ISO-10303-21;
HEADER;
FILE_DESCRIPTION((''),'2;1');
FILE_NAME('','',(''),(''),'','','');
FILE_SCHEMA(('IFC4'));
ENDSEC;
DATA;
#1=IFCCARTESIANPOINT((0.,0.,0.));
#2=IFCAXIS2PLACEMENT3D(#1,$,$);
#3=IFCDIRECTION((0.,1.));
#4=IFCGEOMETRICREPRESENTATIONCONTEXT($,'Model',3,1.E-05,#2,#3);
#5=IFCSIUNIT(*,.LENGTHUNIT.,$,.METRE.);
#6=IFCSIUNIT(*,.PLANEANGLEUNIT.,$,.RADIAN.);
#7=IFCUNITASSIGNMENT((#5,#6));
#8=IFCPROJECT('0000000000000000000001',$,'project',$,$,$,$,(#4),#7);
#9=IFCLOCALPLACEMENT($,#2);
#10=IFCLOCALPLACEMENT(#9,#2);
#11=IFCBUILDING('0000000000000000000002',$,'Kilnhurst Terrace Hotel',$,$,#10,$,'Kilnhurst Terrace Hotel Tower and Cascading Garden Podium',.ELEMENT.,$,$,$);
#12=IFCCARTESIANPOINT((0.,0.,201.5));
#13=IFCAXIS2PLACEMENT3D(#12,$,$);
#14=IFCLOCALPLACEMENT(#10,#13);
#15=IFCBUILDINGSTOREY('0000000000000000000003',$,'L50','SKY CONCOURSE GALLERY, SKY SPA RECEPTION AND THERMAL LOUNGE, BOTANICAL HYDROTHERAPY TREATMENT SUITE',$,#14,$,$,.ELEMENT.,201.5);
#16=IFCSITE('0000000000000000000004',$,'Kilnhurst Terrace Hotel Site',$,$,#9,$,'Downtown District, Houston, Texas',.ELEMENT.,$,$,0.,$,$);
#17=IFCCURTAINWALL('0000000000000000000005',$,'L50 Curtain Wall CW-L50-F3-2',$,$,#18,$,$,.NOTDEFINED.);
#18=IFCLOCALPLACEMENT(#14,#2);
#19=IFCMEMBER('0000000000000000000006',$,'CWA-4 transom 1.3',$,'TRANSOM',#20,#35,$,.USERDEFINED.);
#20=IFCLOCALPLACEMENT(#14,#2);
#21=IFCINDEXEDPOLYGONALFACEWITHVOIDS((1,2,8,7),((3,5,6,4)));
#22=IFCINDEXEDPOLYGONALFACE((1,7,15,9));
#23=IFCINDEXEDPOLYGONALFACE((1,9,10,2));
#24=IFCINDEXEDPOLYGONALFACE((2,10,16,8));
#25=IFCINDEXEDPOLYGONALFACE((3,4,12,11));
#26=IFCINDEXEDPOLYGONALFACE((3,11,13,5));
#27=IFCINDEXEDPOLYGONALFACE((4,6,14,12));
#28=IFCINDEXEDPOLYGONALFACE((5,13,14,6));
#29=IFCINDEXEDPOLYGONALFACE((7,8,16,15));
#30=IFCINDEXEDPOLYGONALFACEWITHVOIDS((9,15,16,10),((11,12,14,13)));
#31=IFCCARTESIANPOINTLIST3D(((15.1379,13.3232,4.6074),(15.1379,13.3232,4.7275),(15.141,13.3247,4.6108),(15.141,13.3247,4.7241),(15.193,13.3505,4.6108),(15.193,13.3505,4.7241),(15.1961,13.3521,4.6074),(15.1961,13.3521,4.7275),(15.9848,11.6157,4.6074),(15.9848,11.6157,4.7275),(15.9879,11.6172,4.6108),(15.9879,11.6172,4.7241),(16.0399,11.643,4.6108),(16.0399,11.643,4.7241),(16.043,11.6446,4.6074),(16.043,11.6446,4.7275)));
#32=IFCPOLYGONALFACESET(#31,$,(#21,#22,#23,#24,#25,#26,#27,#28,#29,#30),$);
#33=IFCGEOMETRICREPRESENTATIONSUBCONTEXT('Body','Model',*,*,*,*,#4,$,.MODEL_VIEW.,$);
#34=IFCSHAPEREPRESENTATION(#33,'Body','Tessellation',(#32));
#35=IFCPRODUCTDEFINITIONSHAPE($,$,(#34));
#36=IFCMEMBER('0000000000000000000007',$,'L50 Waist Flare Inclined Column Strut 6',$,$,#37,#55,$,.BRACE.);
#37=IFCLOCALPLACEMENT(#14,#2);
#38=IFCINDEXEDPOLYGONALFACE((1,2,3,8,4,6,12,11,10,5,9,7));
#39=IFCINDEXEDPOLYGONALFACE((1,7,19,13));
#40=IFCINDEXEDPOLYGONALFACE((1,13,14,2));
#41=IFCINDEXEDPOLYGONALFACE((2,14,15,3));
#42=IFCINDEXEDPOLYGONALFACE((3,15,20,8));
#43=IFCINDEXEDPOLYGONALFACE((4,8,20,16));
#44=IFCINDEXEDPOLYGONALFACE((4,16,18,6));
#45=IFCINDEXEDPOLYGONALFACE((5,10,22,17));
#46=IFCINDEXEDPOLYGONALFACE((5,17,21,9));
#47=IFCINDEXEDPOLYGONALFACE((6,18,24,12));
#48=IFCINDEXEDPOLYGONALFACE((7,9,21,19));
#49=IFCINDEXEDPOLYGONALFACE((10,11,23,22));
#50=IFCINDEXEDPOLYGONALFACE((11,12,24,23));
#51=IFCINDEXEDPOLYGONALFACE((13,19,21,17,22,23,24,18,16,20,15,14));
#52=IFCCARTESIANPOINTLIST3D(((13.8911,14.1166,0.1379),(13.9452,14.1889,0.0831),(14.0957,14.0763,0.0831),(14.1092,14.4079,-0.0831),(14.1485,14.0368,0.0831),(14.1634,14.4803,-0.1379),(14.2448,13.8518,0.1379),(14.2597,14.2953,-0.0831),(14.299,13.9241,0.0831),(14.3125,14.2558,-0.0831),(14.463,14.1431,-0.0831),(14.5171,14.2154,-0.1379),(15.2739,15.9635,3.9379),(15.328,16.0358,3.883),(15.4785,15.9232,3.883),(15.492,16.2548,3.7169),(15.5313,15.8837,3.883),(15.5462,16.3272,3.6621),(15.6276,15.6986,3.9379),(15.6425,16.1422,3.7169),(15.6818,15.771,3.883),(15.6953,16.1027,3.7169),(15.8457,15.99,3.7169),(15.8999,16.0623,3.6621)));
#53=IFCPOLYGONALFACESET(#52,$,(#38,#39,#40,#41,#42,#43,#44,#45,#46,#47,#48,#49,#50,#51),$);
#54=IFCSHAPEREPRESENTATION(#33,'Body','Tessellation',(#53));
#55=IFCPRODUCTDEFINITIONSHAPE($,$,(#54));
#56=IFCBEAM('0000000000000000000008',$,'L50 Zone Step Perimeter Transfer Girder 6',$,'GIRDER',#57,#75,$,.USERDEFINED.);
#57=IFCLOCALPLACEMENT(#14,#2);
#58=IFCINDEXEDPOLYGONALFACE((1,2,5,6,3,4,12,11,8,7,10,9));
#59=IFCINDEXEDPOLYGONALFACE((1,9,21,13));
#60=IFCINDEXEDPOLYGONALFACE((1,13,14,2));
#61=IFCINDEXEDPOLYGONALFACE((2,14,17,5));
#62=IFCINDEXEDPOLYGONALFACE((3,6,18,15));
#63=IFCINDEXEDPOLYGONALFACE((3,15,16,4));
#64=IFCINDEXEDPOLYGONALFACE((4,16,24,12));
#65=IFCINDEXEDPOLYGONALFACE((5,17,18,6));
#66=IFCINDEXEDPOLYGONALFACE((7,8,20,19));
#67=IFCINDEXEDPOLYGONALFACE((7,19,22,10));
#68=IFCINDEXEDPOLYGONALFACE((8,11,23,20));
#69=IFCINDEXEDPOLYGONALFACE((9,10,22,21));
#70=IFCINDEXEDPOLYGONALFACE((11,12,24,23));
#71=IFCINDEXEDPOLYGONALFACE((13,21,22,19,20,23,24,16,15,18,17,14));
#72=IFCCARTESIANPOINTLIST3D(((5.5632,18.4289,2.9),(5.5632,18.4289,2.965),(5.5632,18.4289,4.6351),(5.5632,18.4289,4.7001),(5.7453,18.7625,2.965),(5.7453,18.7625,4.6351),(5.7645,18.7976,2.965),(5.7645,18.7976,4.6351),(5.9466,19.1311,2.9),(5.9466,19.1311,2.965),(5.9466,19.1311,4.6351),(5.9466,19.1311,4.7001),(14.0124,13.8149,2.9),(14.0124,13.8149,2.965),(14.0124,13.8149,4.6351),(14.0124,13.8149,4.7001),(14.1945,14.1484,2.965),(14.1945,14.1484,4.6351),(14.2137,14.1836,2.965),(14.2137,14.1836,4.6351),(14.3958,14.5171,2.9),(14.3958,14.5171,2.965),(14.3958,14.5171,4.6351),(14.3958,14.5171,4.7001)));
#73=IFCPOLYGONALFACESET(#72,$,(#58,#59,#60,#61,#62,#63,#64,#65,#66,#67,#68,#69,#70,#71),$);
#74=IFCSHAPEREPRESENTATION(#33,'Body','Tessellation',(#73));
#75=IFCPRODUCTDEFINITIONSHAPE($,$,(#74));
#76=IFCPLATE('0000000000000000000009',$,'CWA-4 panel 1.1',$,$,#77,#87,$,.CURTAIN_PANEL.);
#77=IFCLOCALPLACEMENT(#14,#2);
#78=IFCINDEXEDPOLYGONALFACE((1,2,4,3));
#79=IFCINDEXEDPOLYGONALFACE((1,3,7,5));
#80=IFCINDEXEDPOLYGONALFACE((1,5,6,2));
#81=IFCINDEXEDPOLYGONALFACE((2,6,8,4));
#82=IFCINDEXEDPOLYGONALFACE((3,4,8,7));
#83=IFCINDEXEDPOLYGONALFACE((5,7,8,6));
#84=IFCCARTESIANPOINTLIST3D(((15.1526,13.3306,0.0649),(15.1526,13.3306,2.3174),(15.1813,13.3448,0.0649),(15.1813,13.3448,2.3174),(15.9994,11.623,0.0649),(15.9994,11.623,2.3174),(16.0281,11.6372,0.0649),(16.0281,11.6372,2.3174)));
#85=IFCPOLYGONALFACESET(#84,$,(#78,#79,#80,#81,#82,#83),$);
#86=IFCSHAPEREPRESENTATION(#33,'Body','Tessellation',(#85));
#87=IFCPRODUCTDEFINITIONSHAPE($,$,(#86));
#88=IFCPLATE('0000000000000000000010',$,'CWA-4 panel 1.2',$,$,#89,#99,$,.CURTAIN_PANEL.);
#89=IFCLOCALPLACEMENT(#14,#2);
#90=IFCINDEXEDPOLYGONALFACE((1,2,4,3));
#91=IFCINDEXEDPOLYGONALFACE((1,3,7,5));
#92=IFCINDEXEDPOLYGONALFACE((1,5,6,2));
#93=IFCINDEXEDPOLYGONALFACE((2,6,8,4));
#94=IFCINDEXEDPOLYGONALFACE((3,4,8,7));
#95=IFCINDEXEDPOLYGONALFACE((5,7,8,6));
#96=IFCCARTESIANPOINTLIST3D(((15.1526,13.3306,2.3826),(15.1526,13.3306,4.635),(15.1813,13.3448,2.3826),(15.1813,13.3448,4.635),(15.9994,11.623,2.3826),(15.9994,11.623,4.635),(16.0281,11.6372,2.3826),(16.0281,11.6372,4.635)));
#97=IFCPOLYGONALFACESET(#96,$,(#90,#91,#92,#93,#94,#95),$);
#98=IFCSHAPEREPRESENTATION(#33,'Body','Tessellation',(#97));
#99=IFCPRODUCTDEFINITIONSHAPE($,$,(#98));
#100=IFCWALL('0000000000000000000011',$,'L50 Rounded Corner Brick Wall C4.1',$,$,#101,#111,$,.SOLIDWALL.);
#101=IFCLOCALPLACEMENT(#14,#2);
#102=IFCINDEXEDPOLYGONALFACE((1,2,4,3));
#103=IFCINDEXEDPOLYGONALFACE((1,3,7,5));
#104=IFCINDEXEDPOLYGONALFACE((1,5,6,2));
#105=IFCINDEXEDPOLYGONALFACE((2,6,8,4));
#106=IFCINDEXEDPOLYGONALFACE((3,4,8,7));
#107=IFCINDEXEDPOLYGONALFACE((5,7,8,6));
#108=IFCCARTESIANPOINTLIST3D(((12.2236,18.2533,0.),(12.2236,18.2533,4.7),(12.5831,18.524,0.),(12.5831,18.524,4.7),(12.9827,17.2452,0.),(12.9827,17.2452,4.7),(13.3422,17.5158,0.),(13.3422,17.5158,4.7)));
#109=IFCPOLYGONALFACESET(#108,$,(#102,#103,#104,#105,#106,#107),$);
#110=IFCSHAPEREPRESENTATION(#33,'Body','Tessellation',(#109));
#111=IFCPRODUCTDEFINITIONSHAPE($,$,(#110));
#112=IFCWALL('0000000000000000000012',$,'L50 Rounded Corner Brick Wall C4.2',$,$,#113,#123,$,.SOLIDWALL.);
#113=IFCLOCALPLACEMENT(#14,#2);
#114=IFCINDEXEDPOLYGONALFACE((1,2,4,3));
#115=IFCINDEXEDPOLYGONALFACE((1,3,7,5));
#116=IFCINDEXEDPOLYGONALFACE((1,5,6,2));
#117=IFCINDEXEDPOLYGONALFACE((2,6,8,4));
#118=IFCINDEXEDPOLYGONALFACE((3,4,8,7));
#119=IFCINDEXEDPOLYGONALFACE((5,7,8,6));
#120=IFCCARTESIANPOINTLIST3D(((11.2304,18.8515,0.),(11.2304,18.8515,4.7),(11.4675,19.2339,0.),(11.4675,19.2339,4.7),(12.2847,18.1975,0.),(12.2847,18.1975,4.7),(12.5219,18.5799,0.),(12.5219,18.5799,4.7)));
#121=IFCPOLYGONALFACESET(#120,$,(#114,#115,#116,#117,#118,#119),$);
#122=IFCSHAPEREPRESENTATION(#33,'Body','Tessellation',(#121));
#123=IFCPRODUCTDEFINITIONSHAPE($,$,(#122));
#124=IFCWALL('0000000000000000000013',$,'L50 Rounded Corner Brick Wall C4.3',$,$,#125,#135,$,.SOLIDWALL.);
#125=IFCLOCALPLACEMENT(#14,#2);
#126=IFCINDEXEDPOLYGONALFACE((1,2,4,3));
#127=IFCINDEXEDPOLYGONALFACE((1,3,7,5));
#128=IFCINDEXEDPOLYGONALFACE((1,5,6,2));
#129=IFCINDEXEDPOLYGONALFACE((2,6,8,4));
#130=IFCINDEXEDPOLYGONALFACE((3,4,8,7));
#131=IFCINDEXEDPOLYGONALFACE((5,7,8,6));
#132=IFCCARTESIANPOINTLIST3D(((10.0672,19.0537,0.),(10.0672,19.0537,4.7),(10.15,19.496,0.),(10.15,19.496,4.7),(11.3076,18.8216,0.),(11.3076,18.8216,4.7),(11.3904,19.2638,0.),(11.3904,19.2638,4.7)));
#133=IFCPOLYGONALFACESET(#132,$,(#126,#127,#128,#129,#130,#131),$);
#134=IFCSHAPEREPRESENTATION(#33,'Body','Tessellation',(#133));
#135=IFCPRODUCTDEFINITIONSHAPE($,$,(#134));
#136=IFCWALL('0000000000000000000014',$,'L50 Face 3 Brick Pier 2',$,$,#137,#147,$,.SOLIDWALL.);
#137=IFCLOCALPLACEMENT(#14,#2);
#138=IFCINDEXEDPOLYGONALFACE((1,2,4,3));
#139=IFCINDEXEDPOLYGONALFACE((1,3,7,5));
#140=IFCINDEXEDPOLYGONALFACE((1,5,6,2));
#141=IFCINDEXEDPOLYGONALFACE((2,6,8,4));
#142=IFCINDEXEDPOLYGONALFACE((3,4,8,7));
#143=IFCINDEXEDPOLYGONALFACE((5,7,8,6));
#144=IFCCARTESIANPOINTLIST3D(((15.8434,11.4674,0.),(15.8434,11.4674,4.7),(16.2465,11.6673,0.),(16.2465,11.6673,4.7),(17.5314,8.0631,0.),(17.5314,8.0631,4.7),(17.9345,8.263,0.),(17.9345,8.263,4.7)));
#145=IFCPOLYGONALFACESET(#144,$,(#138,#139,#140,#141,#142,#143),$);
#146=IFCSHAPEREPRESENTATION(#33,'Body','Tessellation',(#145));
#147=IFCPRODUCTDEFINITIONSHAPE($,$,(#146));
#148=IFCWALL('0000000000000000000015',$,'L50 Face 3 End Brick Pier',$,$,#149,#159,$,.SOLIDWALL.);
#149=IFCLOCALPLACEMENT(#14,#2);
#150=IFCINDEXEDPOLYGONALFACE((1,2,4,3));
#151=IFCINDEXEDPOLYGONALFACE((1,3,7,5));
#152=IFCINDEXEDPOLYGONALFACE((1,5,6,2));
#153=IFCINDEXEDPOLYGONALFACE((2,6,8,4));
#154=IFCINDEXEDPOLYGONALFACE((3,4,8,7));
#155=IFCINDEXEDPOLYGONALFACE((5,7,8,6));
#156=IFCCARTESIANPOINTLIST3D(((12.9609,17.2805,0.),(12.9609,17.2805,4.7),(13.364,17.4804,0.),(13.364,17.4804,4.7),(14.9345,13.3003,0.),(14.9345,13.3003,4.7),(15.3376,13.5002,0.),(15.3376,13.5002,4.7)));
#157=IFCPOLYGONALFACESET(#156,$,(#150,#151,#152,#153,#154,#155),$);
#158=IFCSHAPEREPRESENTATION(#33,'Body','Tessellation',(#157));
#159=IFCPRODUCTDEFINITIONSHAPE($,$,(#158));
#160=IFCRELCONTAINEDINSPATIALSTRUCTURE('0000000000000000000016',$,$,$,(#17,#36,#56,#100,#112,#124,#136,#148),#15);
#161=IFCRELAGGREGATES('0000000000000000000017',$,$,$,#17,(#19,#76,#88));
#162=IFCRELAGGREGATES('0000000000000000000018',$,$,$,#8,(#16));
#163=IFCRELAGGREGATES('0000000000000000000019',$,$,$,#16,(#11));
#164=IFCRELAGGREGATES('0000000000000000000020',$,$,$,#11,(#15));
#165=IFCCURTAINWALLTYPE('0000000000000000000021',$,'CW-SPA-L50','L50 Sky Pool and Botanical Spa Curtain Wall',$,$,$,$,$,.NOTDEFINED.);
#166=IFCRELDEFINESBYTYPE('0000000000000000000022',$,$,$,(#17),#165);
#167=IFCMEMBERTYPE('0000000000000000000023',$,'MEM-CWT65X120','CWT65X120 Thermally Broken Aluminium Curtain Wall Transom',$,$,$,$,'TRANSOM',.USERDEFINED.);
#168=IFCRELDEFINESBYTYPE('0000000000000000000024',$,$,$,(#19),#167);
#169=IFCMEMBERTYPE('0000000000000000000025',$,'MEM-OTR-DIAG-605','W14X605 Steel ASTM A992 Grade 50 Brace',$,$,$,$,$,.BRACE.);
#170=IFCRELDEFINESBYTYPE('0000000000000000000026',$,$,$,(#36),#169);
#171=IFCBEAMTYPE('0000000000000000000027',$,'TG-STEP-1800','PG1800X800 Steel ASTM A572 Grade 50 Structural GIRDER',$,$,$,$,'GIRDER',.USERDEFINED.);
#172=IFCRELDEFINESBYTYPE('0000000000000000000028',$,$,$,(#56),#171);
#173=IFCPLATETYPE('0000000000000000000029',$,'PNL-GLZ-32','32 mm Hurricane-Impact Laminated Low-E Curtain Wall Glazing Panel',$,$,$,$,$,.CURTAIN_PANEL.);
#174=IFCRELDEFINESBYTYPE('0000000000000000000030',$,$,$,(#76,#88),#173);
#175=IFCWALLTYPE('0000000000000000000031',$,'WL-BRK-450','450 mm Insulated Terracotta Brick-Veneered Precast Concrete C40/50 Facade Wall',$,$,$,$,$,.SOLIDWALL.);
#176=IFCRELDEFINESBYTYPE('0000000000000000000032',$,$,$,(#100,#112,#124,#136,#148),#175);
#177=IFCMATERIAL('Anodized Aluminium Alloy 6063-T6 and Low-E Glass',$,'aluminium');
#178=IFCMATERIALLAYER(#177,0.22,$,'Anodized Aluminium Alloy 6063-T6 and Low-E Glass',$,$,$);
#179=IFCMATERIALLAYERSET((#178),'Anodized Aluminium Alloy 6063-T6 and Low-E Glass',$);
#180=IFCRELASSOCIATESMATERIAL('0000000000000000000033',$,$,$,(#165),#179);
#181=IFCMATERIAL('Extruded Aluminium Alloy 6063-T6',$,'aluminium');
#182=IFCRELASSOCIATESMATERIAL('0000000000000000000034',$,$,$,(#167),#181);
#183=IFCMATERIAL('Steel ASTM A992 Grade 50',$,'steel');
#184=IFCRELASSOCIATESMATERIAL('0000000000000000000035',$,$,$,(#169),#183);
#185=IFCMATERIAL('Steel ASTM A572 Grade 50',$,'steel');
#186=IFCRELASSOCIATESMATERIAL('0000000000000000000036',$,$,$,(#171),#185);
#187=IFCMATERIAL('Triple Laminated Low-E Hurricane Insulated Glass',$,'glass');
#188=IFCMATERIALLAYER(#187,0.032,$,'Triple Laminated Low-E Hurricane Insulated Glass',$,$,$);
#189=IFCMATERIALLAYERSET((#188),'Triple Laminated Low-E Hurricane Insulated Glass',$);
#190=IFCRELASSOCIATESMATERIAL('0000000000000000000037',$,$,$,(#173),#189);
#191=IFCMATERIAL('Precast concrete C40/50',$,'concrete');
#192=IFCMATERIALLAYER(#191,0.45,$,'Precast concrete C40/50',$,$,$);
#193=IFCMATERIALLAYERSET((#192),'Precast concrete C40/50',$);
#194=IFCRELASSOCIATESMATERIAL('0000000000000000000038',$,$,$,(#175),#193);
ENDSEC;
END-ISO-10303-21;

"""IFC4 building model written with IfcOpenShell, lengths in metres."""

from ifc_helpers import new_model, si_unit, direction, frame, frame_2d, origin, origin_2d, place, context, subcontext, project, spatial, rectangle, hollow_rectangle, i_section, extrude, material, layer, layer_set, material_profile, profile_set, type_object, element, aggregate, save


model = new_model("IFC4")

# Units and contexts
model_context = context("Model", 3, precision=1e-05, world=origin(), true_north=direction((0.0, 1.0)))
body_context = subcontext(model_context, "Body", "Model", "MODEL_VIEW")
ifc_project = project(units=[si_unit("LENGTHUNIT", "METRE"), si_unit("PLANEANGLEUNIT", "RADIAN")], contexts=[model_context])

# Site, building, storey
site_placement = place(None, origin())
site = spatial("IfcSite", under=ifc_project, at=site_placement, Name="Kilnhurst Terrace Hotel Site", LongName="Downtown District, Houston, Texas", CompositionType="ELEMENT", RefElevation=0.0)
building_placement = place(site_placement, origin())
building = spatial("IfcBuilding", under=site, at=building_placement, Name="Kilnhurst Terrace Hotel", LongName="Kilnhurst Terrace Hotel Tower and Cascading Garden Podium", CompositionType="ELEMENT")
storey_placement = place(building_placement, frame((0.0, 0.0, 201.5)))
storey = spatial("IfcBuildingStorey", under=building, at=storey_placement, Name="L50", Description="SKY CONCOURSE GALLERY, SKY SPA RECEPTION AND THERMAL LOUNGE, BOTANICAL HYDROTHERAPY TREATMENT SUITE", CompositionType="ELEMENT", Elevation=201.5)

# Shared definitions
ifc_material_1 = material(Name="Steel ASTM A992 Grade 50", Category="steel")

# Shared definitions
ifc_material_2 = material(Name="Anodized Aluminium Alloy 6063-T6 and Low-E Glass", Category="aluminium")
ifc_layer_1 = layer(ifc_material_2, 0.22, Name="Anodized Aluminium Alloy 6063-T6 and Low-E Glass")
ifc_layer_set_1 = layer_set([ifc_layer_1], Name="Anodized Aluminium Alloy 6063-T6 and Low-E Glass")
curtain_wall_type = type_object("IfcCurtainWallType", Name="CW-SPA-L50", Description="L50 Sky Pool and Botanical Spa Curtain Wall", PredefinedType="NOTDEFINED", material=ifc_layer_set_1)
ifc_material_3 = material(Name="Extruded Aluminium Alloy 6063-T6", Category="aluminium")

# Curtain wall, member
curtain_wall_1_placement = place(storey_placement, origin())
curtain_wall_1 = element("IfcCurtainWall", 1, at=curtain_wall_1_placement, inside=storey, type_object=curtain_wall_type, Name="L50 Curtain Wall CW-L50-F3-2", PredefinedType="NOTDEFINED")
ifc_material_profile_1 = material_profile(ifc_material_3, hollow_rectangle(XDim=0.0649, YDim=0.1201, WallThickness=0.0034, at=origin_2d()), Name="CWT65X120")
ifc_profile_set_1 = profile_set([ifc_material_profile_1], Name="Extruded Aluminium Alloy 6063-T6")
member_type_1 = type_object("IfcMemberType", Name="MEM-CWT65X120", Description="CWT65X120 Thermally Broken Aluminium Curtain Wall Transom", ElementType="TRANSOM", PredefinedType="USERDEFINED", material=ifc_profile_set_1)
member_1_placement = place(storey_placement, frame((16.0139, 11.6301, 4.6675), z_axis=(-0.444342, 0.895857, 0.0), x_axis=(-0.895857, -0.444342, 0.0)))
member_1 = element("IfcMember", 2, at=member_1_placement, type_object=member_type_1, Name="CWA-4 transom 1.3", ObjectType="TRANSOM", PredefinedType="USERDEFINED", context=body_context, shape_type="SweptSolid", body=[
    extrude(hollow_rectangle(XDim=0.0649, YDim=0.1201, WallThickness=0.0034, at=origin_2d()), origin(), (0.0, 0.0, 1.0), 1.906),
])

# Member
ifc_material_profile_2 = material_profile(ifc_material_1, i_section(OverallWidth=0.4419, OverallDepth=0.5315, WebThickness=0.0659, FlangeThickness=0.1057, at=origin_2d()), Name="W14X605")
ifc_profile_set_2 = profile_set([ifc_material_profile_2], Name="Steel ASTM A992 Grade 50")
member_type_2 = type_object("IfcMemberType", Name="MEM-OTR-DIAG-605", Description="W14X605 Steel ASTM A992 Grade 50 Brace", PredefinedType="BRACE", material=ifc_profile_set_2)
member_2_placement = place(storey_placement, frame((14.2041, 14.166, 0.0), z_axis=(0.31105, 0.415447, 0.854782), x_axis=(-0.800495, 0.59934, 0.0)))
element("IfcMember", 3, at=member_2_placement, inside=storey, type_object=member_type_2, Name="L50 Waist Flare Inclined Column Strut 6", PredefinedType="BRACE", context=body_context, shape_type="SweptSolid", body=[
    extrude(i_section(OverallWidth=0.4419, OverallDepth=0.5315, WebThickness=0.0659, FlangeThickness=0.1057, at=origin_2d()), origin(), (0.0, 0.0, 1.0), 4.4456),
])

# Beam
ifc_material_4 = material(Name="Steel ASTM A572 Grade 50", Category="steel")
ifc_material_profile_3 = material_profile(ifc_material_4, i_section(OverallWidth=0.8, OverallDepth=1.8, WebThickness=0.04, FlangeThickness=0.0649, at=origin_2d()), Name="PG1800X800")
ifc_profile_set_3 = profile_set([ifc_material_profile_3], Name="Steel ASTM A572 Grade 50")
beam_type_1 = type_object("IfcBeamType", Name="TG-STEP-1800", Description="PG1800X800 Steel ASTM A572 Grade 50 Structural GIRDER", ElementType="GIRDER", PredefinedType="USERDEFINED", material=ifc_profile_set_3)
beam_1_placement = place(storey_placement, frame((14.2041, 14.166, 3.8), z_axis=(-0.877662, 0.47928, 0.0), x_axis=(-0.47928, -0.877662, 0.0)))
element("IfcBeam", 4, at=beam_1_placement, inside=storey, type_object=beam_type_1, Name="L50 Zone Step Perimeter Transfer Girder 6", ObjectType="GIRDER", PredefinedType="USERDEFINED", context=body_context, shape_type="SweptSolid", body=[
    extrude(i_section(OverallWidth=0.8, OverallDepth=1.8, WebThickness=0.04, FlangeThickness=0.0649, at=origin_2d()), origin(), (0.0, 0.0, 1.0), 9.627),
])

# Plates
ifc_material_5 = material(Name="Triple Laminated Low-E Hurricane Insulated Glass", Category="glass")
ifc_layer_2 = layer(ifc_material_5, 0.032, Name="Triple Laminated Low-E Hurricane Insulated Glass")
ifc_layer_set_2 = layer_set([ifc_layer_2], Name="Triple Laminated Low-E Hurricane Insulated Glass")
plate_type = type_object("IfcPlateType", Name="PNL-GLZ-32", Description="32 mm Hurricane-Impact Laminated Low-E Curtain Wall Glazing Panel", PredefinedType="CURTAIN_PANEL", material=ifc_layer_set_2)
plate_1_placement = place(storey_placement, frame((15.5903, 12.4839, 0.0649), z_axis=(0.0, 0.0, 1.0), x_axis=(-0.444279, 0.895889, 0.0)))
plate_1 = element("IfcPlate", 5, at=plate_1_placement, type_object=plate_type, Name="CWA-4 panel 1.1", PredefinedType="CURTAIN_PANEL", context=body_context, shape_type="SweptSolid", body=[
    extrude(rectangle(XDim=1.906, YDim=0.032, at=origin_2d()), origin(), (0.0, 0.0, 1.0), 2.2524),
])
plate_2_placement = place(storey_placement, frame((15.5903, 12.4839, 2.3826), z_axis=(0.0, 0.0, 1.0), x_axis=(-0.444279, 0.895889, 0.0)))
plate_2 = element("IfcPlate", 6, at=plate_2_placement, type_object=plate_type, Name="CWA-4 panel 1.2", PredefinedType="CURTAIN_PANEL", context=body_context, shape_type="SweptSolid", body=[
    extrude(rectangle(XDim=1.906, YDim=0.032, at=origin_2d()), origin(), (0.0, 0.0, 1.0), 2.2524),
])
aggregate(curtain_wall_1, [member_1, plate_1, plate_2])

# Walls
ifc_material_6 = material(Name="Precast concrete C40/50", Category="concrete")
ifc_layer_3 = layer(ifc_material_6, 0.45, Name="Precast concrete C40/50")
ifc_layer_set_3 = layer_set([ifc_layer_3], Name="Precast concrete C40/50")
wall_type_1 = type_object("IfcWallType", Name="WL-BRK-450", Description="450 mm Insulated Terracotta Brick-Veneered Precast Concrete C40/50 Facade Wall", PredefinedType="SOLIDWALL", material=ifc_layer_set_3)
wall_1_placement = place(storey_placement, frame((13.1624, 17.3806, 0.0), z_axis=(0.0, 0.0, 1.0), x_axis=(-0.601516, 0.798861, 0.0)))
element("IfcWall", 7, at=wall_1_placement, inside=storey, type_object=wall_type_1, Name="L50 Rounded Corner Brick Wall C4.1", PredefinedType="SOLIDWALL", context=body_context, shape_type="SweptSolid", body=[
    extrude(rectangle(XDim=1.262, YDim=0.45, at=frame_2d((0.6309, 0.0))), origin(), (0.0, 0.0, 1.0), 4.7),
])
wall_2_placement = place(storey_placement, frame((12.4033, 18.3887, 0.0), z_axis=(0.0, 0.0, 1.0), x_axis=(-0.849795, 0.527113, 0.0)))
element("IfcWall", 8, at=wall_2_placement, inside=storey, type_object=wall_type_1, Name="L50 Rounded Corner Brick Wall C4.2", PredefinedType="SOLIDWALL", context=body_context, shape_type="SweptSolid", body=[
    extrude(rectangle(XDim=1.2407, YDim=0.45, at=frame_2d((0.6204, 0.0))), origin(), (0.0, 0.0, 1.0), 4.7),
])
wall_3_placement = place(storey_placement, frame((11.3489, 19.0427, 0.0), z_axis=(0.0, 0.0, 1.0), x_axis=(-0.982931, 0.183973, 0.0)))
element("IfcWall", 9, at=wall_3_placement, inside=storey, type_object=wall_type_1, Name="L50 Rounded Corner Brick Wall C4.3", PredefinedType="SOLIDWALL", context=body_context, shape_type="SweptSolid", body=[
    extrude(rectangle(XDim=1.262, YDim=0.45, at=frame_2d((0.6309, 0.0))), origin(), (0.0, 0.0, 1.0), 4.7),
])
wall_4_placement = place(storey_placement, frame((17.7329, 8.1631, 0.0), z_axis=(0.0, 0.0, 1.0), x_axis=(-0.44423, 0.895913, 0.0)))
element("IfcWall", 10, at=wall_4_placement, inside=storey, type_object=wall_type_1, Name="L50 Face 3 Brick Pier 2", PredefinedType="SOLIDWALL", context=body_context, shape_type="SweptSolid", body=[
    extrude(rectangle(XDim=3.7998, YDim=0.45, at=frame_2d((1.8999, 0.0))), origin(), (0.0, 0.0, 1.0), 4.7),
])
wall_5_placement = place(storey_placement, frame((15.136, 13.4004, 0.0), z_axis=(0.0, 0.0, 1.0), x_axis=(-0.444244, 0.895906, 0.0)))
element("IfcWall", 11, at=wall_5_placement, inside=storey, type_object=wall_type_1, Name="L50 Face 3 End Brick Pier", PredefinedType="SOLIDWALL", context=body_context, shape_type="SweptSolid", body=[
    extrude(rectangle(XDim=4.4426, YDim=0.45, at=frame_2d((2.2212, 0.0))), origin(), (0.0, 0.0, 1.0), 4.7),
])

save(model, "model.ifc")
